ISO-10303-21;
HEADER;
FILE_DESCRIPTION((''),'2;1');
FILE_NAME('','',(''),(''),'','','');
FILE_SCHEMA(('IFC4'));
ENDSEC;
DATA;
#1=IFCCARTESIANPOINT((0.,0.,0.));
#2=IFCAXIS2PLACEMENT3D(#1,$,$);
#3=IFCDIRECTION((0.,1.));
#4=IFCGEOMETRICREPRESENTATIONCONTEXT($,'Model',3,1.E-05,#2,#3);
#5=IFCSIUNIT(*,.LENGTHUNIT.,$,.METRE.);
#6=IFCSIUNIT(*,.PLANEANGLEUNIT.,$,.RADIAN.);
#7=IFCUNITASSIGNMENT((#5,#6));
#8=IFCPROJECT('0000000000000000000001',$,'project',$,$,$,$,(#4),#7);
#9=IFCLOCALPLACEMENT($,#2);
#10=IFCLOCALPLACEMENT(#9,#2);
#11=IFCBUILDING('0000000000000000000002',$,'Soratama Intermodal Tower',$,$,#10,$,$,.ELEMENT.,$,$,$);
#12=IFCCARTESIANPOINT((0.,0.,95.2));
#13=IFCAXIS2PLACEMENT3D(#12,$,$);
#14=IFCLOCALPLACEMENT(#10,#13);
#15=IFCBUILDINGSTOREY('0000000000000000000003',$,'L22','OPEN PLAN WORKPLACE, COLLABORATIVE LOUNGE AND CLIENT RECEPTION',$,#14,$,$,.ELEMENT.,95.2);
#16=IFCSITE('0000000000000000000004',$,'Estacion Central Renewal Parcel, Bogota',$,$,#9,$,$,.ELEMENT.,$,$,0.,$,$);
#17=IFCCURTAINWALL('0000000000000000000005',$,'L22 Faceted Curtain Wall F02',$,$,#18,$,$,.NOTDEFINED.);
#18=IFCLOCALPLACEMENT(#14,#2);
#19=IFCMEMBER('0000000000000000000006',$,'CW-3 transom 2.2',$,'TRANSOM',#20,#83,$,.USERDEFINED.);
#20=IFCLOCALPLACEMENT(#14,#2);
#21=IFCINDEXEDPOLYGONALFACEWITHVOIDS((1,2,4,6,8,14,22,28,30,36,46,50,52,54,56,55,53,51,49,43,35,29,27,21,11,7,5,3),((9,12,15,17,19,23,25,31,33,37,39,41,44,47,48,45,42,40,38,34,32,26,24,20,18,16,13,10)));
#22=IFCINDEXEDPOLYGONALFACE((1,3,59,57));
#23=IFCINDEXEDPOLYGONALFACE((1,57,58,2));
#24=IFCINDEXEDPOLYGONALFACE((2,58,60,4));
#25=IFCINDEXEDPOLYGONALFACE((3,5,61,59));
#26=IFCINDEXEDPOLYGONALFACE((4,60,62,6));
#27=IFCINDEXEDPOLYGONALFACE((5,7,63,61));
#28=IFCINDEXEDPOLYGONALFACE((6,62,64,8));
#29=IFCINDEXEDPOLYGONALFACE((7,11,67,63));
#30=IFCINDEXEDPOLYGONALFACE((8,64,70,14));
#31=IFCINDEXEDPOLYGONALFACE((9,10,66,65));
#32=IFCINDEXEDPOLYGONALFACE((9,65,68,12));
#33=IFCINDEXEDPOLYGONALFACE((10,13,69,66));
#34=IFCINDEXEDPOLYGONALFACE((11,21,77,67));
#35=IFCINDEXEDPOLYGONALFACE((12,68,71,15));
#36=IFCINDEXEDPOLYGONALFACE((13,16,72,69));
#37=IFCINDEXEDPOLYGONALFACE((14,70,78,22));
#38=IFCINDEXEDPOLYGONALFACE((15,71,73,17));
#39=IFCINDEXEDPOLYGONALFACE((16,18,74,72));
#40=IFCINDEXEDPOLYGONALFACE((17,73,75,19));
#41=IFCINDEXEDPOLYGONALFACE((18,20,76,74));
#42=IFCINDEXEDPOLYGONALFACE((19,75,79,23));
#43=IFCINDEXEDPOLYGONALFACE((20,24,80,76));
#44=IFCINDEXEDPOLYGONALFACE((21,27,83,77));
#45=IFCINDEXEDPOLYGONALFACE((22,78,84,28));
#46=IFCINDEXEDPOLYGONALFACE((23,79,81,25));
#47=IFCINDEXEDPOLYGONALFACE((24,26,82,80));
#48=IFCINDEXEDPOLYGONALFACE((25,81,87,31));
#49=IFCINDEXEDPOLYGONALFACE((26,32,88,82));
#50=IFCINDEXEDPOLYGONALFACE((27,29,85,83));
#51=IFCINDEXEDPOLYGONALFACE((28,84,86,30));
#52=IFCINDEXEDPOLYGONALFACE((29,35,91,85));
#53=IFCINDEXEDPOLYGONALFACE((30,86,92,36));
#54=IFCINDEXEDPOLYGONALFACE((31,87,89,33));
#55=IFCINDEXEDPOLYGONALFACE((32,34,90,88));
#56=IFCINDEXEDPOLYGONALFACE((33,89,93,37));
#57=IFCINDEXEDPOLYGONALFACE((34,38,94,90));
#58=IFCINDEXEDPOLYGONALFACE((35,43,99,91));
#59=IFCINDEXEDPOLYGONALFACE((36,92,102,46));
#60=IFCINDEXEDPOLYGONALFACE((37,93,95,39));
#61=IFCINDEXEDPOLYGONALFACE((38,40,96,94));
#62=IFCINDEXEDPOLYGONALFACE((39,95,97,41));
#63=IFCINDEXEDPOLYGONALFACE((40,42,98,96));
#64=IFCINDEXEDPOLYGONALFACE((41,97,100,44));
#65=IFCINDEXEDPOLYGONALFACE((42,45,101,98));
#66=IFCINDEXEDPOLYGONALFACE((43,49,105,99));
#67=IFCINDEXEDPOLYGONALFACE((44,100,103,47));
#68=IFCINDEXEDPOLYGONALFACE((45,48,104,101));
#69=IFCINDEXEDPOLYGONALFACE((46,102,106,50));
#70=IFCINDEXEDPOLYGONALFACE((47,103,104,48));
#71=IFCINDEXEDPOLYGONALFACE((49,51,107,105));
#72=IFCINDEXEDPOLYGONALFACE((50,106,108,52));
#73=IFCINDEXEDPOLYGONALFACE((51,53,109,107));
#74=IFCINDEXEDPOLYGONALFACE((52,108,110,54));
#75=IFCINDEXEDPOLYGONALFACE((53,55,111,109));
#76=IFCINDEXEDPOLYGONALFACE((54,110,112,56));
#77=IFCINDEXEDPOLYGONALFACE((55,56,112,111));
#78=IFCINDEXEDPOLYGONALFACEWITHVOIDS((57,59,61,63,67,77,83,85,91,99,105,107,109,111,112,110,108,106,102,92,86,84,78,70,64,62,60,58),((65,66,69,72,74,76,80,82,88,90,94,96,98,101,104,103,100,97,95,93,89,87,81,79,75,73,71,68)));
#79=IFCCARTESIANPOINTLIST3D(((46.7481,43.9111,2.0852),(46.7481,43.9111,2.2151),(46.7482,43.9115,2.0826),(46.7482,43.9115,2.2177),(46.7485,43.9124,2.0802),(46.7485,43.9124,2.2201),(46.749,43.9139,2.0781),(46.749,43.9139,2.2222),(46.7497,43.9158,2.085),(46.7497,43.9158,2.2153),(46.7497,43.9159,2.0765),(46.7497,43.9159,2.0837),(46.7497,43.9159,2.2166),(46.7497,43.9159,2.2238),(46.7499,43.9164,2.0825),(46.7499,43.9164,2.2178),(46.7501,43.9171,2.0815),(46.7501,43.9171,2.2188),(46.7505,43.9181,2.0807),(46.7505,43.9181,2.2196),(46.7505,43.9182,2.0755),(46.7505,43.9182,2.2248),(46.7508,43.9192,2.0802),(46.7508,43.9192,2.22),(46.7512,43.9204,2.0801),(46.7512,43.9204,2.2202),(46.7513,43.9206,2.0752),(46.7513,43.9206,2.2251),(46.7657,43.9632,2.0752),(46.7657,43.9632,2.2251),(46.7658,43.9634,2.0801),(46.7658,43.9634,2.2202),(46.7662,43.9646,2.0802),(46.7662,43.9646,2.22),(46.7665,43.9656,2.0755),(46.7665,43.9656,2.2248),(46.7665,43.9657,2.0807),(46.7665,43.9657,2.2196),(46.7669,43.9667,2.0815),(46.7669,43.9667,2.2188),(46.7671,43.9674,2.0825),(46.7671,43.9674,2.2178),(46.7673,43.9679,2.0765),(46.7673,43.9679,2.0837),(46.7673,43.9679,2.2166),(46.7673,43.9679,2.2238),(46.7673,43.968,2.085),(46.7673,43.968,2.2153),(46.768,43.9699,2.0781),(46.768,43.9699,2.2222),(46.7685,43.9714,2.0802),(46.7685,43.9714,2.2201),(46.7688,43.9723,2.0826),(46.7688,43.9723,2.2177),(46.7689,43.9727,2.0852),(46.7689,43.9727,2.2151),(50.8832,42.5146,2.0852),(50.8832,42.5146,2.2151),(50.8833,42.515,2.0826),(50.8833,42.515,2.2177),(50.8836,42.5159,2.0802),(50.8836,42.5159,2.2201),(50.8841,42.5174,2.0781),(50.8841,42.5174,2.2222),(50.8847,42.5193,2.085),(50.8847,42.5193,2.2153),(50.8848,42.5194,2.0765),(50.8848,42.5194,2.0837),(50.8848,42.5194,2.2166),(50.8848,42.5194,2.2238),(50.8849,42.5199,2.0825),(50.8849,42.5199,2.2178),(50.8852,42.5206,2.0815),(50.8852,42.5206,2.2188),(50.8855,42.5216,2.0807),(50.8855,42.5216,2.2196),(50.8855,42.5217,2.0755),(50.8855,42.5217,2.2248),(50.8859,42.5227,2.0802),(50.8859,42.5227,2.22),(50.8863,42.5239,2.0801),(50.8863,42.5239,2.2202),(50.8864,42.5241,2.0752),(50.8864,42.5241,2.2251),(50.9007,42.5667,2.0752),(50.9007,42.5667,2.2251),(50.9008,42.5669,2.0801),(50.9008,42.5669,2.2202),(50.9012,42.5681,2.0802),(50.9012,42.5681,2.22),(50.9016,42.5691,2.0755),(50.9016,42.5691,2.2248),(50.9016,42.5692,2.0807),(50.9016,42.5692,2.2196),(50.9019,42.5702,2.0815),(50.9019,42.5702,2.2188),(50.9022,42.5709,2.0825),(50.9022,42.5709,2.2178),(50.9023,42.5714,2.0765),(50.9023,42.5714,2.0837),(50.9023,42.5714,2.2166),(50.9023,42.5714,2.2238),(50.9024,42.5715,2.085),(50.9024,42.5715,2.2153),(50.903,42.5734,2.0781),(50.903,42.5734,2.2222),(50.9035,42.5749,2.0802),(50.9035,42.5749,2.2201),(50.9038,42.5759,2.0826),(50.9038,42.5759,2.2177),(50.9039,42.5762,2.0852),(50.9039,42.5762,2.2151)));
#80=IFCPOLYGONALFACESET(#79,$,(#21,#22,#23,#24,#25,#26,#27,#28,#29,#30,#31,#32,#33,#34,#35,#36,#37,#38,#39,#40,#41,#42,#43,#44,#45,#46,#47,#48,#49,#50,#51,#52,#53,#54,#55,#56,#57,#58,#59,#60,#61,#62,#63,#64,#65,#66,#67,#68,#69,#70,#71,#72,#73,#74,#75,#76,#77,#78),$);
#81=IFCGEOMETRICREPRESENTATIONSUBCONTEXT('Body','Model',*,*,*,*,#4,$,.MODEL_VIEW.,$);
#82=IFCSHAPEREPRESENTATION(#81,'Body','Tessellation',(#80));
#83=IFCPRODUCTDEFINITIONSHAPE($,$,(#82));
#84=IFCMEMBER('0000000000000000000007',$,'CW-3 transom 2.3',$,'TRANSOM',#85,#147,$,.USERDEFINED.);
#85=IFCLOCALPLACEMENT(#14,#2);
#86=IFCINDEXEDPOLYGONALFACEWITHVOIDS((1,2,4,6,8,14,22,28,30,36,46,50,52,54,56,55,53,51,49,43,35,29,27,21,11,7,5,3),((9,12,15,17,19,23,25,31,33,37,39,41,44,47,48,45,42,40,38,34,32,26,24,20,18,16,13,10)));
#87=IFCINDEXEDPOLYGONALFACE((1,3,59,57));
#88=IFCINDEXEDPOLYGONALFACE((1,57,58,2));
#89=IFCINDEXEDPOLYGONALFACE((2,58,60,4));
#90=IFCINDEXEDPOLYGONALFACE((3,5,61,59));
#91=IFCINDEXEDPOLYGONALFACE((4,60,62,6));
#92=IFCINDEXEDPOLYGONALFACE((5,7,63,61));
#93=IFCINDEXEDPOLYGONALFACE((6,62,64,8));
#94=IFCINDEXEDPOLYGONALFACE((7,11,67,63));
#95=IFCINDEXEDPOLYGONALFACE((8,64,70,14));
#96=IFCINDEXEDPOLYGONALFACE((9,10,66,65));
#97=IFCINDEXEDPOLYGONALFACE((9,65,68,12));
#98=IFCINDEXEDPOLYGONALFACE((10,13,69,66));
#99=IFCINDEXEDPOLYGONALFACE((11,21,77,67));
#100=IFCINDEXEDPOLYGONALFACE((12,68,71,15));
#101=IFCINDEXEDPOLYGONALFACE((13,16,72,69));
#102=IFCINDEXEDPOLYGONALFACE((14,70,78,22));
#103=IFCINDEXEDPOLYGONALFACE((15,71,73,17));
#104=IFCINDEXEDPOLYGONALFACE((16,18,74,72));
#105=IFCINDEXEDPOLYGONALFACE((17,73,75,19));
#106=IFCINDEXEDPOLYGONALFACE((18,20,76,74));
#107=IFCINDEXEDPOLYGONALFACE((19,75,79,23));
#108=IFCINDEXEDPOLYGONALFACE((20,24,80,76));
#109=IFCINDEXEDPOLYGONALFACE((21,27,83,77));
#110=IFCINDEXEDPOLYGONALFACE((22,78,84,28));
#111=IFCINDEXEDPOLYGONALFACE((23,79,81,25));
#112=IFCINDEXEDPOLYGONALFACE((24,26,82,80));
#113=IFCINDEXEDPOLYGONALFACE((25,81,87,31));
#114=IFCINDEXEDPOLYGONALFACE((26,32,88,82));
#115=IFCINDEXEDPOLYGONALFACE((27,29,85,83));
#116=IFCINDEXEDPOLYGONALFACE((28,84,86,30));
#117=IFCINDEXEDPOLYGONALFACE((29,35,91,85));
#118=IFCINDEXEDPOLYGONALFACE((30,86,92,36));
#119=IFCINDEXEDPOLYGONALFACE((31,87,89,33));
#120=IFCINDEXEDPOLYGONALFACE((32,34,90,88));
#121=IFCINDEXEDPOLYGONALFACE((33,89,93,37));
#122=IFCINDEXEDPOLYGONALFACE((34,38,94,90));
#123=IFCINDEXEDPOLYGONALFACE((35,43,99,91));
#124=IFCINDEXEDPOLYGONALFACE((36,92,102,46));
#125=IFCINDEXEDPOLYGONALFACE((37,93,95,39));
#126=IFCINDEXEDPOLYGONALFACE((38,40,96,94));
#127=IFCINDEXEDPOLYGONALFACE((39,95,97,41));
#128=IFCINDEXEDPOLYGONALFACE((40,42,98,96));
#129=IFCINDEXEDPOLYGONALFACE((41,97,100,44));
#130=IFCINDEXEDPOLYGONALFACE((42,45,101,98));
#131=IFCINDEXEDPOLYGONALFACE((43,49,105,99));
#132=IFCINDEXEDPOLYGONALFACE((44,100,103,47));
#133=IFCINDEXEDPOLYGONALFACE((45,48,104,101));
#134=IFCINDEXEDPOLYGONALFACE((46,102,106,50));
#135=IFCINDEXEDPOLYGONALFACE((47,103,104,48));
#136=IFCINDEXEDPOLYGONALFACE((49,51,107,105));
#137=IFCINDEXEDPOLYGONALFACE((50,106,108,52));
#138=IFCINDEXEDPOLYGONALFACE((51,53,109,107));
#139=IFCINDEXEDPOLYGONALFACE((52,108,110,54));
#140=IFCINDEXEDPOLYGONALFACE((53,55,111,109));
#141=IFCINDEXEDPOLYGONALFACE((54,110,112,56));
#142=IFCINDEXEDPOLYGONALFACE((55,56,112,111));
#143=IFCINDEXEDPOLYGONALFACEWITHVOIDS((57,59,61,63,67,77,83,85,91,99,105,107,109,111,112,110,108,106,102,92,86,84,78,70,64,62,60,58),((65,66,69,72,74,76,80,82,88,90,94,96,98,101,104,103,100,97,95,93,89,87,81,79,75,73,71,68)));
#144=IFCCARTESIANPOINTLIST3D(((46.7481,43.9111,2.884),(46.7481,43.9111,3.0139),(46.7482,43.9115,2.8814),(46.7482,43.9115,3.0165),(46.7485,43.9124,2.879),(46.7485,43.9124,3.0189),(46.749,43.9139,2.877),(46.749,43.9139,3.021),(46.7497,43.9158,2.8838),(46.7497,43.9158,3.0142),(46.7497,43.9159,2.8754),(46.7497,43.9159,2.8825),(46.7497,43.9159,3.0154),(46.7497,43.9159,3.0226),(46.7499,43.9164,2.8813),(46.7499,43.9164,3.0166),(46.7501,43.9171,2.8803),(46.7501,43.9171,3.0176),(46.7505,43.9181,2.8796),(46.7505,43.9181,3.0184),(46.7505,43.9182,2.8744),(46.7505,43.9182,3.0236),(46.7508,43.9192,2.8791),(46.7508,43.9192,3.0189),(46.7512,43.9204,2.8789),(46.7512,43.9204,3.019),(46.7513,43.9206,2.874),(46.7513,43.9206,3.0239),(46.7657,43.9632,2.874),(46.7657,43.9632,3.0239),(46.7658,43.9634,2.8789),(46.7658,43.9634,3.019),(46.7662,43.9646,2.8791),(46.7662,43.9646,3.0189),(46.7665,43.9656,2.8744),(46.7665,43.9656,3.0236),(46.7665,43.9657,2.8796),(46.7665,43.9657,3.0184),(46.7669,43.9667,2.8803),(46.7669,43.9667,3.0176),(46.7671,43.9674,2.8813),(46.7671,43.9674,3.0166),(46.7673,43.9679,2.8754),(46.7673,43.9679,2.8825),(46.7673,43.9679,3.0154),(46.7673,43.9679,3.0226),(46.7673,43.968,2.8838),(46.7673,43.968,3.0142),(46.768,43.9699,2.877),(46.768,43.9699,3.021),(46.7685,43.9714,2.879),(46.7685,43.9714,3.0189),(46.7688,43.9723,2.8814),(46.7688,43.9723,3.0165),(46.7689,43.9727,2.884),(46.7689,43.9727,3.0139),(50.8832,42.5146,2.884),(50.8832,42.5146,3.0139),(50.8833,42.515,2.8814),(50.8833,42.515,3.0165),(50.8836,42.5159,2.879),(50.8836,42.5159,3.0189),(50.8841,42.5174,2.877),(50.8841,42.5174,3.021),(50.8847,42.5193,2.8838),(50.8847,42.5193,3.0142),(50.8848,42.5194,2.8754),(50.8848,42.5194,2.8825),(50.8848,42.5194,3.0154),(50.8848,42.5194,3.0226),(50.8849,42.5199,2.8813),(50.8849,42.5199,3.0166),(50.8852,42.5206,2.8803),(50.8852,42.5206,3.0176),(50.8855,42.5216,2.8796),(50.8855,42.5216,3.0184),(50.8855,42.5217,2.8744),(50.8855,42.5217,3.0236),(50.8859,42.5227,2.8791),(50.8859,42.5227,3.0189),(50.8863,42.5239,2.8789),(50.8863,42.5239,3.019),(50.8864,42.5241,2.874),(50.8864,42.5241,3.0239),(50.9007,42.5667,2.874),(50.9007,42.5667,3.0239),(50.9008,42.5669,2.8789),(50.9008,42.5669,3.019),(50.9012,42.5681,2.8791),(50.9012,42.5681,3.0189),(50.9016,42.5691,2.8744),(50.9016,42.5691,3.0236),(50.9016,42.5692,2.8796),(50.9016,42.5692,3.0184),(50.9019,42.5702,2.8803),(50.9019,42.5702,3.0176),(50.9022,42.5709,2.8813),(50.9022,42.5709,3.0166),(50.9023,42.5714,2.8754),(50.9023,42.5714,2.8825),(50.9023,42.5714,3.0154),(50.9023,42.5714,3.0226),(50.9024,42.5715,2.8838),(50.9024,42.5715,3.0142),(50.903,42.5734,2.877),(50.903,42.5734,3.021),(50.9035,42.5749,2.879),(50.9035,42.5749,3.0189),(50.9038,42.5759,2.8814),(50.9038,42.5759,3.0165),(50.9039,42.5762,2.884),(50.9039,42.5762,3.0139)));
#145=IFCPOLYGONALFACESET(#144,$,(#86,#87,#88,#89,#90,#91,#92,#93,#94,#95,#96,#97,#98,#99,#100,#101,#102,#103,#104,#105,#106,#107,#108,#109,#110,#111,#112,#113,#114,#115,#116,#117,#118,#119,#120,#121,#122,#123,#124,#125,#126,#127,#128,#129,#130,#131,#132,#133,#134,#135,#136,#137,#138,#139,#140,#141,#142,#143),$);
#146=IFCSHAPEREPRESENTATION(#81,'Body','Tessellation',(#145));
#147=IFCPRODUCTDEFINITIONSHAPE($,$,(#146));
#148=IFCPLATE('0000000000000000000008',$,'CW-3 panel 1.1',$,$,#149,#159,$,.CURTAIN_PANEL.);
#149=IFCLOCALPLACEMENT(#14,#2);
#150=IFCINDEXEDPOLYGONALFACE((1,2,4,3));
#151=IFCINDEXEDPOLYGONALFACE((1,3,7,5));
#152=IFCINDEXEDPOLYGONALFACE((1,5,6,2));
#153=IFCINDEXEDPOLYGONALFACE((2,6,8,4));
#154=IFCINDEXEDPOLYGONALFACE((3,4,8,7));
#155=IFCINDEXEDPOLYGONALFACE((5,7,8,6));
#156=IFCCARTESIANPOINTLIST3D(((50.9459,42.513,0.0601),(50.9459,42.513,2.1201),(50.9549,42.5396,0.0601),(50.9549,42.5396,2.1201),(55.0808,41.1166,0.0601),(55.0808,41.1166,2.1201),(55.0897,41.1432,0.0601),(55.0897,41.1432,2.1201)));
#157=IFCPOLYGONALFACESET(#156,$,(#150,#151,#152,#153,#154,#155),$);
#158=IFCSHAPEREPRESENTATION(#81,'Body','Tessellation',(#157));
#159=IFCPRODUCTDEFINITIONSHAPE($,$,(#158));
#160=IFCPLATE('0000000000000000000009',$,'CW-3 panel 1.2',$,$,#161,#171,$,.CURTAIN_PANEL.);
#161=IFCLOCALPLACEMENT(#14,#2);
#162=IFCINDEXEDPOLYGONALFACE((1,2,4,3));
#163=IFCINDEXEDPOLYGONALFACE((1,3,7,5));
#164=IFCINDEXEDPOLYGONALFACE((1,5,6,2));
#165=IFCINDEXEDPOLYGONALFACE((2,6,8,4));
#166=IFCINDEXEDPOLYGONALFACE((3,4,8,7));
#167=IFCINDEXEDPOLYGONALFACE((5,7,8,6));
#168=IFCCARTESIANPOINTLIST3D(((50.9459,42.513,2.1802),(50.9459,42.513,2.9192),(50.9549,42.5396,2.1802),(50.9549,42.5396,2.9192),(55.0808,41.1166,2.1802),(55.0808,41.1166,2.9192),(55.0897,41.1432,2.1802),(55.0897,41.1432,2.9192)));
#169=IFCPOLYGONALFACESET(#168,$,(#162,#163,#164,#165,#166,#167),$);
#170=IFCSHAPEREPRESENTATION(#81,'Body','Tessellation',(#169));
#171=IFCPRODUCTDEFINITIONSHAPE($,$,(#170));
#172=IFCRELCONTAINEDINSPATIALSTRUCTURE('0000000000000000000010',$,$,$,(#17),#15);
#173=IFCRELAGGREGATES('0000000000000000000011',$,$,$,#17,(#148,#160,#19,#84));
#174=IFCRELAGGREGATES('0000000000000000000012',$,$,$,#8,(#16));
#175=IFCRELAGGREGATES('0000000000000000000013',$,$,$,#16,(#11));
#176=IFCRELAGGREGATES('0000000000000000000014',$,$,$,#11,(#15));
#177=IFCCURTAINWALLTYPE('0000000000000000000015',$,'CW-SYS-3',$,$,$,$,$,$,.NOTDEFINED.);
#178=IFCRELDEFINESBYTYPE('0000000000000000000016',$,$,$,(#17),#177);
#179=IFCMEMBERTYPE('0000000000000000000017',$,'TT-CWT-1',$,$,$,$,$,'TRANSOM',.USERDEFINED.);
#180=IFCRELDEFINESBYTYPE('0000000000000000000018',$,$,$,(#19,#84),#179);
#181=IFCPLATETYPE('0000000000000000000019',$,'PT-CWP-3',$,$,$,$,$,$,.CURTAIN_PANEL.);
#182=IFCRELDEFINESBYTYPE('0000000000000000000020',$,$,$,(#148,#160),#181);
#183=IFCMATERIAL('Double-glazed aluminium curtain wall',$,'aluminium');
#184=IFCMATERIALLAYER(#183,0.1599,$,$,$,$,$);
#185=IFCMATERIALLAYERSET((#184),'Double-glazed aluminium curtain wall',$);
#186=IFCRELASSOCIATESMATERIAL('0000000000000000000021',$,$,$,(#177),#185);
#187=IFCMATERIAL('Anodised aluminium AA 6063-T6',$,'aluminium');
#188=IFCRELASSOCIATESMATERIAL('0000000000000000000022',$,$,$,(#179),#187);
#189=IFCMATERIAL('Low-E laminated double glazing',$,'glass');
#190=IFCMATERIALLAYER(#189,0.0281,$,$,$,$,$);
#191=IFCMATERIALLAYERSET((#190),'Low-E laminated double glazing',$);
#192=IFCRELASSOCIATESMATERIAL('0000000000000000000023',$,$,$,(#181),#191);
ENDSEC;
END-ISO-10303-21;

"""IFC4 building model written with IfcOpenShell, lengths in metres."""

from ifc_helpers import new_model, si_unit, direction, frame, origin, origin_2d, place, context, subcontext, project, spatial, rectangle, hollow_rectangle, extrude, material, layer, layer_set, material_profile, profile_set, type_object, element, aggregate, save


model = new_model("IFC4")

# Units and contexts
model_context = context("Model", 3, precision=1e-05, world=origin(), true_north=direction((0.0, 1.0)))
body_context = subcontext(model_context, "Body", "Model", "MODEL_VIEW")
ifc_project = project(units=[si_unit("LENGTHUNIT", "METRE"), si_unit("PLANEANGLEUNIT", "RADIAN")], contexts=[model_context])

# Site, building, storey
site_placement = place(None, origin())
site = spatial("IfcSite", under=ifc_project, at=site_placement, Name="Estacion Central Renewal Parcel, Bogota", CompositionType="ELEMENT", RefElevation=0.0)
building_placement = place(site_placement, origin())
building = spatial("IfcBuilding", under=site, at=building_placement, Name="Soratama Intermodal Tower", CompositionType="ELEMENT")
storey_placement = place(building_placement, frame((0.0, 0.0, 95.2)))
storey = spatial("IfcBuildingStorey", under=building, at=storey_placement, Name="L22", Description="OPEN PLAN WORKPLACE, COLLABORATIVE LOUNGE AND CLIENT RECEPTION", CompositionType="ELEMENT", Elevation=95.2)

# Shared definitions
ifc_material_1 = material(Name="Double-glazed aluminium curtain wall", Category="aluminium")
ifc_layer_1 = layer(ifc_material_1, 0.1599)
ifc_layer_set_1 = layer_set([ifc_layer_1], Name="Double-glazed aluminium curtain wall")
curtain_wall_type = type_object("IfcCurtainWallType", Name="CW-SYS-3", PredefinedType="NOTDEFINED", material=ifc_layer_set_1)

# Curtain wall, members, plates
curtain_wall_1_placement = place(storey_placement, origin())
curtain_wall_1 = element("IfcCurtainWall", 1, at=curtain_wall_1_placement, inside=storey, type_object=curtain_wall_type, Name="L22 Faceted Curtain Wall F02", PredefinedType="NOTDEFINED")
ifc_material_2 = material(Name="Anodised aluminium AA 6063-T6", Category="aluminium")
ifc_material_profile_1 = material_profile(ifc_material_2, hollow_rectangle(XDim=0.0649, YDim=0.1499, WallThickness=0.0049, InnerFilletRadius=0.0049, OuterFilletRadius=0.01, at=origin_2d()), Name="CWT150X65X5")
ifc_profile_set_1 = profile_set([ifc_material_profile_1], Name="Anodised aluminium AA 6063-T6")
member_type_1 = type_object("IfcMemberType", Name="TT-CWT-1", ElementType="TRANSOM", PredefinedType="USERDEFINED", material=ifc_profile_set_1)
member_1_placement = place(storey_placement, frame((50.8936, 42.5454, 2.1501), z_axis=(-0.947428, 0.319968, 0.0), x_axis=(-0.319968, -0.947428, 0.0)))
member_1 = element("IfcMember", 2, at=member_1_placement, type_object=member_type_1, Name="CW-3 transom 2.2", ObjectType="TRANSOM", PredefinedType="USERDEFINED", context=body_context, shape_type="SweptSolid", body=[
    extrude(hollow_rectangle(XDim=0.0649, YDim=0.1499, WallThickness=0.0049, InnerFilletRadius=0.0049, OuterFilletRadius=0.01, at=origin_2d()), origin(), (0.0, 0.0, 1.0), 4.3645),
])
member_2_placement = place(storey_placement, frame((50.8936, 42.5454, 2.949), z_axis=(-0.947428, 0.319968, 0.0), x_axis=(-0.319968, -0.947428, 0.0)))
member_2 = element("IfcMember", 3, at=member_2_placement, type_object=member_type_1, Name="CW-3 transom 2.3", ObjectType="TRANSOM", PredefinedType="USERDEFINED", context=body_context, shape_type="SweptSolid", body=[
    extrude(hollow_rectangle(XDim=0.0649, YDim=0.1499, WallThickness=0.0049, InnerFilletRadius=0.0049, OuterFilletRadius=0.01, at=origin_2d()), origin(), (0.0, 0.0, 1.0), 4.3645),
])
ifc_material_3 = material(Name="Low-E laminated double glazing", Category="glass")
ifc_layer_2 = layer(ifc_material_3, 0.0281)
ifc_layer_set_2 = layer_set([ifc_layer_2], Name="Low-E laminated double glazing")
plate_type = type_object("IfcPlateType", Name="PT-CWP-3", PredefinedType="CURTAIN_PANEL", material=ifc_layer_set_2)
plate_1_placement = place(storey_placement, frame((53.0178, 41.8281, 0.0601), z_axis=(0.0, 0.0, 1.0), x_axis=(-0.947433, 0.319953, 0.0)))
plate_1 = element("IfcPlate", 4, at=plate_1_placement, type_object=plate_type, Name="CW-3 panel 1.1", PredefinedType="CURTAIN_PANEL", context=body_context, shape_type="SweptSolid", body=[
    extrude(rectangle(XDim=4.3643, YDim=0.0281, at=origin_2d()), origin(), (0.0, 0.0, 1.0), 2.0601),
])
plate_2_placement = place(storey_placement, frame((53.0178, 41.8281, 2.1802), z_axis=(0.0, 0.0, 1.0), x_axis=(-0.947433, 0.319953, 0.0)))
plate_2 = element("IfcPlate", 5, at=plate_2_placement, type_object=plate_type, Name="CW-3 panel 1.2", PredefinedType="CURTAIN_PANEL", context=body_context, shape_type="SweptSolid", body=[
    extrude(rectangle(XDim=4.3643, YDim=0.0281, at=origin_2d()), origin(), (0.0, 0.0, 1.0), 0.739),
])
aggregate(curtain_wall_1, [plate_1, plate_2, member_1, member_2])

save(model, "model.ifc")
